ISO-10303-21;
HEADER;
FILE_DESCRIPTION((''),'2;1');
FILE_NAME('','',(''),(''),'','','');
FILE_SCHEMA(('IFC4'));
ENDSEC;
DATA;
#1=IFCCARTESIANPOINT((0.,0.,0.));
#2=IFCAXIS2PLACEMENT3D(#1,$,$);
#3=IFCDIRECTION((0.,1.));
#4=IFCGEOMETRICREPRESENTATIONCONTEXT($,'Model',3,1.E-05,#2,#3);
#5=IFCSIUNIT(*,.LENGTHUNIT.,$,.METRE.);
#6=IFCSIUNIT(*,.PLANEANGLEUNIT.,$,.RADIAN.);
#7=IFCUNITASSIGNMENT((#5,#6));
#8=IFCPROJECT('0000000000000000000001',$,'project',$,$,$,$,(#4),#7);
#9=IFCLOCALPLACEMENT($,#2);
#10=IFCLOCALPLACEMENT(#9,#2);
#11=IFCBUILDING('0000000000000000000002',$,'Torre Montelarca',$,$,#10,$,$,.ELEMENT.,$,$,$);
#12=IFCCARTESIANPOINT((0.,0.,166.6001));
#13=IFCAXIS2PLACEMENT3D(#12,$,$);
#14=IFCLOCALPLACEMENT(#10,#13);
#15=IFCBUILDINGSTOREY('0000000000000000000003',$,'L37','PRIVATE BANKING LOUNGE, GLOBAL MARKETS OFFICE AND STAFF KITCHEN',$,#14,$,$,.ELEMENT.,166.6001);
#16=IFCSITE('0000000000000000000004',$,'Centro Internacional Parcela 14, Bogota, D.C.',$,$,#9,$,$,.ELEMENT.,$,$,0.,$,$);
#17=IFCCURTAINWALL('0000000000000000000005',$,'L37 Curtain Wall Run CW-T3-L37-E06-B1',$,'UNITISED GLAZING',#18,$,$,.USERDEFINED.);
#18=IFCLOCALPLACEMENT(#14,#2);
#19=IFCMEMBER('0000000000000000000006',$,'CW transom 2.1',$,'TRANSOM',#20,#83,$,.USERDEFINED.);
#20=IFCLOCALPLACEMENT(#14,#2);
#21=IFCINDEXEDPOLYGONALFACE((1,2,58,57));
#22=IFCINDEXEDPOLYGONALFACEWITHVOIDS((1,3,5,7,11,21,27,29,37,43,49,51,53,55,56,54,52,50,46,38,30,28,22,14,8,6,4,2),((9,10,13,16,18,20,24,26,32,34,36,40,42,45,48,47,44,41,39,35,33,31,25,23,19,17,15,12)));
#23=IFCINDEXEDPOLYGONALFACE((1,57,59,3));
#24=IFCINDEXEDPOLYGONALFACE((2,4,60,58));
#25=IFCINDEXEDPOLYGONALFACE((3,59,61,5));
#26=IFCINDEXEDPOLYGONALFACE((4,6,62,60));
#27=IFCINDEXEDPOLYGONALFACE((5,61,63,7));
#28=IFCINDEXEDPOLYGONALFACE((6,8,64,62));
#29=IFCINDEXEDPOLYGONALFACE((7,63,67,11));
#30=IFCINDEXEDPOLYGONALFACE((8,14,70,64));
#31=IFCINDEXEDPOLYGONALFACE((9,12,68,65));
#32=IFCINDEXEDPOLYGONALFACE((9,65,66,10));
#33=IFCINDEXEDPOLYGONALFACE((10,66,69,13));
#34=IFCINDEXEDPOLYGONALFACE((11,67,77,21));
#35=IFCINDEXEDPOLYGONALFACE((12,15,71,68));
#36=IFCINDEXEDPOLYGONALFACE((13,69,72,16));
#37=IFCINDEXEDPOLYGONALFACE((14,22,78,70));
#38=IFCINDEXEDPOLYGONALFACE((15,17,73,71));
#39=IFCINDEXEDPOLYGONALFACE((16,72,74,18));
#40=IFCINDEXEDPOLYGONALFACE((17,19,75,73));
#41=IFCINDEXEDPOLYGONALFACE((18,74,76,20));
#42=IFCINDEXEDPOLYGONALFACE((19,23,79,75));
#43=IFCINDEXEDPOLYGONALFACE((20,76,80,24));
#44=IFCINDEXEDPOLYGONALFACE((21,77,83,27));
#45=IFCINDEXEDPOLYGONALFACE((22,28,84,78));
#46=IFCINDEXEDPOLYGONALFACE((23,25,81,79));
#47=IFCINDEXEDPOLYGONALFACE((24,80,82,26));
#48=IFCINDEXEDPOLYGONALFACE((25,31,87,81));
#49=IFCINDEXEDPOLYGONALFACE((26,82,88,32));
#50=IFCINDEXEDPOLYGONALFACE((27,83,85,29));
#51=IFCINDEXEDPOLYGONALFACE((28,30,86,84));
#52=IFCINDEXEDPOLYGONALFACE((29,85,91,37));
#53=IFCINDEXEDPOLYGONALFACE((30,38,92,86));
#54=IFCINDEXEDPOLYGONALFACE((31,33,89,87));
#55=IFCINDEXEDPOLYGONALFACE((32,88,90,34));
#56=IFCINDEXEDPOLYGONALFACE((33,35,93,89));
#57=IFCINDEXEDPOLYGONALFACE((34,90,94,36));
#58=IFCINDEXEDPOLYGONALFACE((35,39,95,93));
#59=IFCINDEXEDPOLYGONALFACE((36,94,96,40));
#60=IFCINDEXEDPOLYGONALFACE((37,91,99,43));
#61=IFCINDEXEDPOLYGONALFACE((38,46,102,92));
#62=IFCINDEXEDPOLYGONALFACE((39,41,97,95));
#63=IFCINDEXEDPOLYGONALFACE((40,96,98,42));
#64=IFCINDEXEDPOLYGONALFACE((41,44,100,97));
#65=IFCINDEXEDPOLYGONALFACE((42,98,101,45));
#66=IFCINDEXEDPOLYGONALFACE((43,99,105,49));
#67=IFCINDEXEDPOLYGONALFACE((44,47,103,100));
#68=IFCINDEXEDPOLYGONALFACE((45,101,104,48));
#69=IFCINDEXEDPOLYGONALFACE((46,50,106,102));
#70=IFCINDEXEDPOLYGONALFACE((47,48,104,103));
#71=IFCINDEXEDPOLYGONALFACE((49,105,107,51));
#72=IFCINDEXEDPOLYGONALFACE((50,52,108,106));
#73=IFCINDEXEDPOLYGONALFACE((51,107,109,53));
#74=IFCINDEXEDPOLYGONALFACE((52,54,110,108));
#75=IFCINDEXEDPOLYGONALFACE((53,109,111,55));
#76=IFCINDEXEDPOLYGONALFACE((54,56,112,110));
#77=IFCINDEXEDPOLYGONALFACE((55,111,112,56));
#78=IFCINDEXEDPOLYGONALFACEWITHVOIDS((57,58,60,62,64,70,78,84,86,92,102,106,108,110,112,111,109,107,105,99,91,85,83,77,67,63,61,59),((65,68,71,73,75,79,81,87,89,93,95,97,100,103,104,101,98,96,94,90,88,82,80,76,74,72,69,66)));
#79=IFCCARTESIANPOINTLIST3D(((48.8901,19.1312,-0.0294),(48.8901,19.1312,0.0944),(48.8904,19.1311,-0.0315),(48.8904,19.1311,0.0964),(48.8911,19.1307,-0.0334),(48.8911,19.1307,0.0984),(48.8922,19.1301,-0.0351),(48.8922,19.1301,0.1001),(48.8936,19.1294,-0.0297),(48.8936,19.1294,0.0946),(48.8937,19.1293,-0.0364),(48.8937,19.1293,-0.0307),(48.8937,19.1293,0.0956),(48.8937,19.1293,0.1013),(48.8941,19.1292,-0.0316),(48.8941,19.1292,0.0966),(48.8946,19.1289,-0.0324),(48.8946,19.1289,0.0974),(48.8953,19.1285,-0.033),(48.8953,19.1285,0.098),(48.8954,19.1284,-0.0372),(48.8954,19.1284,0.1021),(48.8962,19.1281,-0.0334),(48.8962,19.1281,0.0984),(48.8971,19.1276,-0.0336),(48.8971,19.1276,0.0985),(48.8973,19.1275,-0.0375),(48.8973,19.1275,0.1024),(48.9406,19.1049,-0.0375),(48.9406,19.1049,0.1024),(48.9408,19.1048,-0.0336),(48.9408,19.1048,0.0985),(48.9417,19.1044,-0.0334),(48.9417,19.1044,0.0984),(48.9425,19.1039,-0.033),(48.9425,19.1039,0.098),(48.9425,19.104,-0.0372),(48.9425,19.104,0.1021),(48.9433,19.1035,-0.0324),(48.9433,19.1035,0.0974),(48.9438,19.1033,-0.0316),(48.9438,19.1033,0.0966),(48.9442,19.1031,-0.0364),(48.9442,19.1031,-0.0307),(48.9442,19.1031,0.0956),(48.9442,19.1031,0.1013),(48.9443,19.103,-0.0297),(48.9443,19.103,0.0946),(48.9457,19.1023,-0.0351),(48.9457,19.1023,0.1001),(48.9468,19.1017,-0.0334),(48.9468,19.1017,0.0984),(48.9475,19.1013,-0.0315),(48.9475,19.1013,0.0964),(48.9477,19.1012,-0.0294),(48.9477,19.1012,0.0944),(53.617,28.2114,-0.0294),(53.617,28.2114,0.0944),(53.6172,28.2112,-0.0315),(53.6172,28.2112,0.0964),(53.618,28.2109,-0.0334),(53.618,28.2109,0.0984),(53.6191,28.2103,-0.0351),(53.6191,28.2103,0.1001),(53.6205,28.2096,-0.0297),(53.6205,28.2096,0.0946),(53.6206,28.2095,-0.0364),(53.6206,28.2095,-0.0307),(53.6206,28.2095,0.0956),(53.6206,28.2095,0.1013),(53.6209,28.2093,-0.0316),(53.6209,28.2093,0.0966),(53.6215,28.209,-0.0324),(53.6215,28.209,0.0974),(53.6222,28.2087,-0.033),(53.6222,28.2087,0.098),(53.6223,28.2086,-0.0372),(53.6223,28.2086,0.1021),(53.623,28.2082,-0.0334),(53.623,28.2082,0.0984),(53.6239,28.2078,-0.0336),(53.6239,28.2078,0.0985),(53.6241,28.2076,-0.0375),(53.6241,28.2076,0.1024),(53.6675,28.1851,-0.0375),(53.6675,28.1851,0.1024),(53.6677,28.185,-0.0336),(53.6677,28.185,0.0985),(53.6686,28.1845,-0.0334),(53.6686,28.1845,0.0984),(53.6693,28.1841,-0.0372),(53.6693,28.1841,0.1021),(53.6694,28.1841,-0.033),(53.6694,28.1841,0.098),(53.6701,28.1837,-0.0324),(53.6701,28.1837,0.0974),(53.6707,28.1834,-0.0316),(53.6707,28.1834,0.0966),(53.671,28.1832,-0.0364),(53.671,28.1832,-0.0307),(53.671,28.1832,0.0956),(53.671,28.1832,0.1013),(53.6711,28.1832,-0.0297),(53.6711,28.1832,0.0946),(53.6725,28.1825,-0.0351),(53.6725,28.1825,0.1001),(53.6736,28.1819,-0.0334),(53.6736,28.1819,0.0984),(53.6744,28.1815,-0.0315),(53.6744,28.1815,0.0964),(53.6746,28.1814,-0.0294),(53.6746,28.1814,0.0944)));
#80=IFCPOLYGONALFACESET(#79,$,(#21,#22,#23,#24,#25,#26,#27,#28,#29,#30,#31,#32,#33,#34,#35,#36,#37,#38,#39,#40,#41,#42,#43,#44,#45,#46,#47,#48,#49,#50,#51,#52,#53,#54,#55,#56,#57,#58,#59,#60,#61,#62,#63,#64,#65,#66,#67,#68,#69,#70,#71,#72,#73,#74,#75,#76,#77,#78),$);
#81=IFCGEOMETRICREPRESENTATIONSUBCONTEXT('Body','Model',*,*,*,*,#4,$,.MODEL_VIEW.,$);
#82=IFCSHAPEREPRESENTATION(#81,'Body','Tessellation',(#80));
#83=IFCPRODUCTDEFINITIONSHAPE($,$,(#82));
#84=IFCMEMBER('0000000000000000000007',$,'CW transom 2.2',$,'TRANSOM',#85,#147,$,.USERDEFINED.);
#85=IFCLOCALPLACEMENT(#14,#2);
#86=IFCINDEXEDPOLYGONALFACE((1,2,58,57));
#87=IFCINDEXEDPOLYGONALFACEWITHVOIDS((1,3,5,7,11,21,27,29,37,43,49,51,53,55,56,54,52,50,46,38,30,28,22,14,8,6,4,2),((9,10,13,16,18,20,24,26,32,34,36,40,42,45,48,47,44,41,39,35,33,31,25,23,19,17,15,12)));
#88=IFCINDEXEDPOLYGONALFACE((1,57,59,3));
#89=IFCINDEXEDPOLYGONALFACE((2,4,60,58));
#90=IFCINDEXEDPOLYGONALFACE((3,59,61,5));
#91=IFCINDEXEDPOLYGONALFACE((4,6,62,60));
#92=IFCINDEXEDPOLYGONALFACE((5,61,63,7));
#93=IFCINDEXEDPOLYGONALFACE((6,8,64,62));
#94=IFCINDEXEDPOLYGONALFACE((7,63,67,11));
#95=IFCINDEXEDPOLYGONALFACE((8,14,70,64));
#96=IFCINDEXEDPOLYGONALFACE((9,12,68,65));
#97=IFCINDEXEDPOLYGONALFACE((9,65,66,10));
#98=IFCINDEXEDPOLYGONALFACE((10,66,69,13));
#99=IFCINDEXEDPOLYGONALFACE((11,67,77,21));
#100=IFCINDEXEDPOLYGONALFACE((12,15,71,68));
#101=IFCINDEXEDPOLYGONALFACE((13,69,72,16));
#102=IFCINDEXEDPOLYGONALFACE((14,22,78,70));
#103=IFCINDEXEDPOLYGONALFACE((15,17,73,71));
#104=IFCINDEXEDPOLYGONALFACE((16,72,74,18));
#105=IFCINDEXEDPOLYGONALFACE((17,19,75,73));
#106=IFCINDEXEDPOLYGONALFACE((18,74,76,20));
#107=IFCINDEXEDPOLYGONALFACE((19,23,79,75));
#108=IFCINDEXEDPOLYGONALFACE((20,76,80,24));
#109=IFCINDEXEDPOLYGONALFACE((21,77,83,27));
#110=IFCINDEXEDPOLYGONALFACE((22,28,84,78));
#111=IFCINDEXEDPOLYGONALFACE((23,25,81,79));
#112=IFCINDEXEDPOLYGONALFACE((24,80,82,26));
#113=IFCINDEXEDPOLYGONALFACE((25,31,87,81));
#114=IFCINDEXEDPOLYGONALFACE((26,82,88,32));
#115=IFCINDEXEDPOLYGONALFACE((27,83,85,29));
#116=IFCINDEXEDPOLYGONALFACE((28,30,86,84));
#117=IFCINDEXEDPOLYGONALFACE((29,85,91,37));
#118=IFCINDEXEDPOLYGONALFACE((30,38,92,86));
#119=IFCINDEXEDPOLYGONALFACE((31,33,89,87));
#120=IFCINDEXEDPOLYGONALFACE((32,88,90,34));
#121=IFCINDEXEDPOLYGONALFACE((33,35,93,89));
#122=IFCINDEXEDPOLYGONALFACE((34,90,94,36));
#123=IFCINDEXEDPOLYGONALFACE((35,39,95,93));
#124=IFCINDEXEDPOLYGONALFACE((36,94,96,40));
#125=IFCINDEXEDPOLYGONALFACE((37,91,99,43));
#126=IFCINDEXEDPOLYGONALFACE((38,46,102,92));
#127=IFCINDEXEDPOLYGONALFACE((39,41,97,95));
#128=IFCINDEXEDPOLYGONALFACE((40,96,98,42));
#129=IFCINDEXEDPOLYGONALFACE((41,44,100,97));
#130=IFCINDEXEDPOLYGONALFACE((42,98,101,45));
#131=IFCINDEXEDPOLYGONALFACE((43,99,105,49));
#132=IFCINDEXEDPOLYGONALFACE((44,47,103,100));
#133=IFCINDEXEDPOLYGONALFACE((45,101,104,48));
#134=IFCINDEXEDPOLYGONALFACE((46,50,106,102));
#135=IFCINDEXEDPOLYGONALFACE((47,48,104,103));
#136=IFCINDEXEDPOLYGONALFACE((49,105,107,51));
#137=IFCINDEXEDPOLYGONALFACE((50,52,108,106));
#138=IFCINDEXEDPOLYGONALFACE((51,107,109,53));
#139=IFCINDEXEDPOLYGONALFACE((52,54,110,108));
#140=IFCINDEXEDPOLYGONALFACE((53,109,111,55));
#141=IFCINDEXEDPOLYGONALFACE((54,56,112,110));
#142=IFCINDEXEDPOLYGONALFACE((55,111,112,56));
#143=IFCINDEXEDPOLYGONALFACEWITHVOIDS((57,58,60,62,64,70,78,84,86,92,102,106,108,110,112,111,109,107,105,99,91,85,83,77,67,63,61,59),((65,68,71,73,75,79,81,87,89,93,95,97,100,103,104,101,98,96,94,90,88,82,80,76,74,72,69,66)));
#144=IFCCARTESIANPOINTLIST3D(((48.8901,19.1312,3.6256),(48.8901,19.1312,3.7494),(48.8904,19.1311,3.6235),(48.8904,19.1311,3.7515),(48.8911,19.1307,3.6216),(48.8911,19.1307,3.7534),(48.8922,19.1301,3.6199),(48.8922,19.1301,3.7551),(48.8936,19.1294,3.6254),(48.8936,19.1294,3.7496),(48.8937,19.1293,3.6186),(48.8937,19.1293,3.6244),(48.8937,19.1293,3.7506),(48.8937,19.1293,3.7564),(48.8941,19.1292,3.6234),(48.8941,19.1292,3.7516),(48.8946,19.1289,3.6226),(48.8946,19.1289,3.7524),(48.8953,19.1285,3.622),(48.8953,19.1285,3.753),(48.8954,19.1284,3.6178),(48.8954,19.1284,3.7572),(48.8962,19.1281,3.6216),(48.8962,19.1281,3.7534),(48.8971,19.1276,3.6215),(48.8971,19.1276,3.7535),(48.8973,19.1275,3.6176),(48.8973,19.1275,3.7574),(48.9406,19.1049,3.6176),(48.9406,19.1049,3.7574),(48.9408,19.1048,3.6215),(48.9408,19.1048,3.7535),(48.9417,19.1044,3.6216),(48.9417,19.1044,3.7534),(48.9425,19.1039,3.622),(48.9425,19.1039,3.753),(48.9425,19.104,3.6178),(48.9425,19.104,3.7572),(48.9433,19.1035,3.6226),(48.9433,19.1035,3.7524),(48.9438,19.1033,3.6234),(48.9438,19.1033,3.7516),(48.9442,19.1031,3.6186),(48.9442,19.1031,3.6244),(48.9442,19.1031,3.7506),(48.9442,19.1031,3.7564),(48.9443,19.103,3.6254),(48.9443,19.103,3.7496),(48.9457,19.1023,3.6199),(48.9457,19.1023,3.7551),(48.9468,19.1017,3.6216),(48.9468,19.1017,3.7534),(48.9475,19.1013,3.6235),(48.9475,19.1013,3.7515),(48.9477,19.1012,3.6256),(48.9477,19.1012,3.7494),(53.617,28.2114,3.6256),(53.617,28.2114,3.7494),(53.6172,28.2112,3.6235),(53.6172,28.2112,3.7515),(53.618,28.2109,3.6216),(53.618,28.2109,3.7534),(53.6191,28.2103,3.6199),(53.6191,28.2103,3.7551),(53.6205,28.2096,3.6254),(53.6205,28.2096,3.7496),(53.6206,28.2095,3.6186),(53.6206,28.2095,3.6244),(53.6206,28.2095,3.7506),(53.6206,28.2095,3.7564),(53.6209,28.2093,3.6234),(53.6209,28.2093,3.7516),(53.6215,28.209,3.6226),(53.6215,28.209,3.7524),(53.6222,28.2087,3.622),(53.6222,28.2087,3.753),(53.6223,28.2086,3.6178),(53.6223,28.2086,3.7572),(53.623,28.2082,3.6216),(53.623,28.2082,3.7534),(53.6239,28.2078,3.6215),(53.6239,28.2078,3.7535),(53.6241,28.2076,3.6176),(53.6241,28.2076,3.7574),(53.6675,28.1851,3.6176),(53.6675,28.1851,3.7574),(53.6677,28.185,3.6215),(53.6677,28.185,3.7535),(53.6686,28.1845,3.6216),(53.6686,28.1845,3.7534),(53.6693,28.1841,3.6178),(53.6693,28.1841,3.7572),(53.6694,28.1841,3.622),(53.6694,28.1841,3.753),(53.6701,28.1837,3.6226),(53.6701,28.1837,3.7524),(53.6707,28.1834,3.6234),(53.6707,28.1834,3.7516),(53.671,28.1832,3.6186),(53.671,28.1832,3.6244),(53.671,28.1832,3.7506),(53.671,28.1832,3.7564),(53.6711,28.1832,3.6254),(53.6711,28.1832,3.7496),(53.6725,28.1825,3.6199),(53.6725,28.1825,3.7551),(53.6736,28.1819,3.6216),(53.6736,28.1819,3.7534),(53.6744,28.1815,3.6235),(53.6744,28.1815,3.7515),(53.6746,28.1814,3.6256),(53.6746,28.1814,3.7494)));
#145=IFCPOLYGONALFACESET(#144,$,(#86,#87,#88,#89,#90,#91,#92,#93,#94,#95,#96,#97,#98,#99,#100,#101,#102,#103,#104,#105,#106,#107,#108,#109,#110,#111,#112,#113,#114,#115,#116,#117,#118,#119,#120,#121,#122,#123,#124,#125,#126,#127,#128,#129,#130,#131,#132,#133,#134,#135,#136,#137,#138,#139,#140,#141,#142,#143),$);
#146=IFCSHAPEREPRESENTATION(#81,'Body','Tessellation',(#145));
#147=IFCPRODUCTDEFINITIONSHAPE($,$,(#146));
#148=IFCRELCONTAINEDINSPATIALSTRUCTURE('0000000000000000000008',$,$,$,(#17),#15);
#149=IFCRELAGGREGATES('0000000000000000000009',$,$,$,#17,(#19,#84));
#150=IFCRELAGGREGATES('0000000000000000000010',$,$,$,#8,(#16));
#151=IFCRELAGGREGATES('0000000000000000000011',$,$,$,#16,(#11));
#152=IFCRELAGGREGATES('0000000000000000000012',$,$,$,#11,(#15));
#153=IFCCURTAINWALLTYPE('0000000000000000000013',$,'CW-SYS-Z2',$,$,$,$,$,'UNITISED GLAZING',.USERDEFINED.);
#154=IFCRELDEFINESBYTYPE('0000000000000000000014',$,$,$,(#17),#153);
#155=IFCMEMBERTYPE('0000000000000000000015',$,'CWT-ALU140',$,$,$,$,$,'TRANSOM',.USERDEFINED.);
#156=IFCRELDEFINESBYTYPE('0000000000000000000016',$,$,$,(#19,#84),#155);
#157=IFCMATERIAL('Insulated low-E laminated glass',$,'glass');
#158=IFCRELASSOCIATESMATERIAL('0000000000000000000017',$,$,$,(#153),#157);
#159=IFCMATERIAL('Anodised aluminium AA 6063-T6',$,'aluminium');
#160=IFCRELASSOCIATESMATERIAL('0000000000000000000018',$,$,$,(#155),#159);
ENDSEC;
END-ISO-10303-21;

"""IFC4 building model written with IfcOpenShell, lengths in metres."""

from ifc_helpers import new_model, si_unit, direction, frame, origin, origin_2d, place, context, subcontext, project, spatial, hollow_rectangle, extrude, source, transform, mapped, material, material_profile, profile_set, type_object, element, aggregate, save


model = new_model("IFC4")

# Units and contexts
model_context = context("Model", 3, precision=1e-05, world=origin(), true_north=direction((0.0, 1.0)))
body_context = subcontext(model_context, "Body", "Model", "MODEL_VIEW")
ifc_project = project(units=[si_unit("LENGTHUNIT", "METRE"), si_unit("PLANEANGLEUNIT", "RADIAN")], contexts=[model_context])

# Site, building, storey
site_placement = place(None, origin())
site = spatial("IfcSite", under=ifc_project, at=site_placement, Name="Centro Internacional Parcela 14, Bogota, D.C.", CompositionType="ELEMENT", RefElevation=0.0)
building_placement = place(site_placement, origin())
building = spatial("IfcBuilding", under=site, at=building_placement, Name="Torre Montelarca", CompositionType="ELEMENT")
storey_placement = place(building_placement, frame((0.0, 0.0, 166.6001)))
storey = spatial("IfcBuildingStorey", under=building, at=storey_placement, Name="L37", Description="PRIVATE BANKING LOUNGE, GLOBAL MARKETS OFFICE AND STAFF KITCHEN", CompositionType="ELEMENT", Elevation=166.6001)

# Curtain wall, members
ifc_material_1 = material(Name="Insulated low-E laminated glass", Category="glass")
curtain_wall_type = type_object("IfcCurtainWallType", Name="CW-SYS-Z2", ElementType="UNITISED GLAZING", PredefinedType="USERDEFINED", material=ifc_material_1)
ifc_material_2 = material(Name="Anodised aluminium AA 6063-T6", Category="aluminium")
ifc_material_profile_1 = material_profile(ifc_material_2, hollow_rectangle(XDim=0.0649, YDim=0.1399, WallThickness=0.0039, InnerFilletRadius=0.0039, OuterFilletRadius=0.0081, at=origin_2d()), Name="ALU65X140X4", Category="aluminium")
ifc_profile_set_1 = profile_set([ifc_material_profile_1], Name="Anodised aluminium AA 6063-T6")
member_type_1 = type_object("IfcMemberType", Name="CWT-ALU140", ElementType="TRANSOM", PredefinedType="USERDEFINED", material=ifc_profile_set_1)
curtain_wall_1_placement = place(storey_placement, origin())
curtain_wall_1 = element("IfcCurtainWall", 1, at=curtain_wall_1_placement, inside=storey, type_object=curtain_wall_type, Name="L37 Curtain Wall Run CW-T3-L37-E06-B1", ObjectType="UNITISED GLAZING", PredefinedType="USERDEFINED")
shared_shape_1 = source(origin(), body_context, "Body", "SweptSolid", [
    extrude(hollow_rectangle(XDim=0.0649, YDim=0.1399, WallThickness=0.0039, InnerFilletRadius=0.0039, OuterFilletRadius=0.0081, at=origin_2d()), origin(), (0.0, 0.0, 1.0), 10.2368),
])
member_1_placement = place(storey_placement, frame((48.9189, 19.1162, 0.0325), z_axis=(0.46175, 0.88701, 0.0), x_axis=(-0.88701, 0.46175, 0.0)))
member_1 = element("IfcMember", 2, at=member_1_placement, type_object=member_type_1, Name="CW transom 2.1", ObjectType="TRANSOM", PredefinedType="USERDEFINED", context=body_context, shape_type="MappedRepresentation", body=[
    mapped(shared_shape_1, transform((0.0, 0.0, 0.0), scale=1.0)),
])
member_2_placement = place(storey_placement, frame((48.9189, 19.1162, 3.6875), z_axis=(0.46175, 0.88701, 0.0), x_axis=(-0.88701, 0.46175, 0.0)))
member_2 = element("IfcMember", 3, at=member_2_placement, type_object=member_type_1, Name="CW transom 2.2", ObjectType="TRANSOM", PredefinedType="USERDEFINED", context=body_context, shape_type="MappedRepresentation", body=[
    mapped(shared_shape_1, transform((0.0, 0.0, 0.0), scale=1.0)),
])

aggregate(curtain_wall_1, [member_1, member_2])

save(model, "model.ifc")
